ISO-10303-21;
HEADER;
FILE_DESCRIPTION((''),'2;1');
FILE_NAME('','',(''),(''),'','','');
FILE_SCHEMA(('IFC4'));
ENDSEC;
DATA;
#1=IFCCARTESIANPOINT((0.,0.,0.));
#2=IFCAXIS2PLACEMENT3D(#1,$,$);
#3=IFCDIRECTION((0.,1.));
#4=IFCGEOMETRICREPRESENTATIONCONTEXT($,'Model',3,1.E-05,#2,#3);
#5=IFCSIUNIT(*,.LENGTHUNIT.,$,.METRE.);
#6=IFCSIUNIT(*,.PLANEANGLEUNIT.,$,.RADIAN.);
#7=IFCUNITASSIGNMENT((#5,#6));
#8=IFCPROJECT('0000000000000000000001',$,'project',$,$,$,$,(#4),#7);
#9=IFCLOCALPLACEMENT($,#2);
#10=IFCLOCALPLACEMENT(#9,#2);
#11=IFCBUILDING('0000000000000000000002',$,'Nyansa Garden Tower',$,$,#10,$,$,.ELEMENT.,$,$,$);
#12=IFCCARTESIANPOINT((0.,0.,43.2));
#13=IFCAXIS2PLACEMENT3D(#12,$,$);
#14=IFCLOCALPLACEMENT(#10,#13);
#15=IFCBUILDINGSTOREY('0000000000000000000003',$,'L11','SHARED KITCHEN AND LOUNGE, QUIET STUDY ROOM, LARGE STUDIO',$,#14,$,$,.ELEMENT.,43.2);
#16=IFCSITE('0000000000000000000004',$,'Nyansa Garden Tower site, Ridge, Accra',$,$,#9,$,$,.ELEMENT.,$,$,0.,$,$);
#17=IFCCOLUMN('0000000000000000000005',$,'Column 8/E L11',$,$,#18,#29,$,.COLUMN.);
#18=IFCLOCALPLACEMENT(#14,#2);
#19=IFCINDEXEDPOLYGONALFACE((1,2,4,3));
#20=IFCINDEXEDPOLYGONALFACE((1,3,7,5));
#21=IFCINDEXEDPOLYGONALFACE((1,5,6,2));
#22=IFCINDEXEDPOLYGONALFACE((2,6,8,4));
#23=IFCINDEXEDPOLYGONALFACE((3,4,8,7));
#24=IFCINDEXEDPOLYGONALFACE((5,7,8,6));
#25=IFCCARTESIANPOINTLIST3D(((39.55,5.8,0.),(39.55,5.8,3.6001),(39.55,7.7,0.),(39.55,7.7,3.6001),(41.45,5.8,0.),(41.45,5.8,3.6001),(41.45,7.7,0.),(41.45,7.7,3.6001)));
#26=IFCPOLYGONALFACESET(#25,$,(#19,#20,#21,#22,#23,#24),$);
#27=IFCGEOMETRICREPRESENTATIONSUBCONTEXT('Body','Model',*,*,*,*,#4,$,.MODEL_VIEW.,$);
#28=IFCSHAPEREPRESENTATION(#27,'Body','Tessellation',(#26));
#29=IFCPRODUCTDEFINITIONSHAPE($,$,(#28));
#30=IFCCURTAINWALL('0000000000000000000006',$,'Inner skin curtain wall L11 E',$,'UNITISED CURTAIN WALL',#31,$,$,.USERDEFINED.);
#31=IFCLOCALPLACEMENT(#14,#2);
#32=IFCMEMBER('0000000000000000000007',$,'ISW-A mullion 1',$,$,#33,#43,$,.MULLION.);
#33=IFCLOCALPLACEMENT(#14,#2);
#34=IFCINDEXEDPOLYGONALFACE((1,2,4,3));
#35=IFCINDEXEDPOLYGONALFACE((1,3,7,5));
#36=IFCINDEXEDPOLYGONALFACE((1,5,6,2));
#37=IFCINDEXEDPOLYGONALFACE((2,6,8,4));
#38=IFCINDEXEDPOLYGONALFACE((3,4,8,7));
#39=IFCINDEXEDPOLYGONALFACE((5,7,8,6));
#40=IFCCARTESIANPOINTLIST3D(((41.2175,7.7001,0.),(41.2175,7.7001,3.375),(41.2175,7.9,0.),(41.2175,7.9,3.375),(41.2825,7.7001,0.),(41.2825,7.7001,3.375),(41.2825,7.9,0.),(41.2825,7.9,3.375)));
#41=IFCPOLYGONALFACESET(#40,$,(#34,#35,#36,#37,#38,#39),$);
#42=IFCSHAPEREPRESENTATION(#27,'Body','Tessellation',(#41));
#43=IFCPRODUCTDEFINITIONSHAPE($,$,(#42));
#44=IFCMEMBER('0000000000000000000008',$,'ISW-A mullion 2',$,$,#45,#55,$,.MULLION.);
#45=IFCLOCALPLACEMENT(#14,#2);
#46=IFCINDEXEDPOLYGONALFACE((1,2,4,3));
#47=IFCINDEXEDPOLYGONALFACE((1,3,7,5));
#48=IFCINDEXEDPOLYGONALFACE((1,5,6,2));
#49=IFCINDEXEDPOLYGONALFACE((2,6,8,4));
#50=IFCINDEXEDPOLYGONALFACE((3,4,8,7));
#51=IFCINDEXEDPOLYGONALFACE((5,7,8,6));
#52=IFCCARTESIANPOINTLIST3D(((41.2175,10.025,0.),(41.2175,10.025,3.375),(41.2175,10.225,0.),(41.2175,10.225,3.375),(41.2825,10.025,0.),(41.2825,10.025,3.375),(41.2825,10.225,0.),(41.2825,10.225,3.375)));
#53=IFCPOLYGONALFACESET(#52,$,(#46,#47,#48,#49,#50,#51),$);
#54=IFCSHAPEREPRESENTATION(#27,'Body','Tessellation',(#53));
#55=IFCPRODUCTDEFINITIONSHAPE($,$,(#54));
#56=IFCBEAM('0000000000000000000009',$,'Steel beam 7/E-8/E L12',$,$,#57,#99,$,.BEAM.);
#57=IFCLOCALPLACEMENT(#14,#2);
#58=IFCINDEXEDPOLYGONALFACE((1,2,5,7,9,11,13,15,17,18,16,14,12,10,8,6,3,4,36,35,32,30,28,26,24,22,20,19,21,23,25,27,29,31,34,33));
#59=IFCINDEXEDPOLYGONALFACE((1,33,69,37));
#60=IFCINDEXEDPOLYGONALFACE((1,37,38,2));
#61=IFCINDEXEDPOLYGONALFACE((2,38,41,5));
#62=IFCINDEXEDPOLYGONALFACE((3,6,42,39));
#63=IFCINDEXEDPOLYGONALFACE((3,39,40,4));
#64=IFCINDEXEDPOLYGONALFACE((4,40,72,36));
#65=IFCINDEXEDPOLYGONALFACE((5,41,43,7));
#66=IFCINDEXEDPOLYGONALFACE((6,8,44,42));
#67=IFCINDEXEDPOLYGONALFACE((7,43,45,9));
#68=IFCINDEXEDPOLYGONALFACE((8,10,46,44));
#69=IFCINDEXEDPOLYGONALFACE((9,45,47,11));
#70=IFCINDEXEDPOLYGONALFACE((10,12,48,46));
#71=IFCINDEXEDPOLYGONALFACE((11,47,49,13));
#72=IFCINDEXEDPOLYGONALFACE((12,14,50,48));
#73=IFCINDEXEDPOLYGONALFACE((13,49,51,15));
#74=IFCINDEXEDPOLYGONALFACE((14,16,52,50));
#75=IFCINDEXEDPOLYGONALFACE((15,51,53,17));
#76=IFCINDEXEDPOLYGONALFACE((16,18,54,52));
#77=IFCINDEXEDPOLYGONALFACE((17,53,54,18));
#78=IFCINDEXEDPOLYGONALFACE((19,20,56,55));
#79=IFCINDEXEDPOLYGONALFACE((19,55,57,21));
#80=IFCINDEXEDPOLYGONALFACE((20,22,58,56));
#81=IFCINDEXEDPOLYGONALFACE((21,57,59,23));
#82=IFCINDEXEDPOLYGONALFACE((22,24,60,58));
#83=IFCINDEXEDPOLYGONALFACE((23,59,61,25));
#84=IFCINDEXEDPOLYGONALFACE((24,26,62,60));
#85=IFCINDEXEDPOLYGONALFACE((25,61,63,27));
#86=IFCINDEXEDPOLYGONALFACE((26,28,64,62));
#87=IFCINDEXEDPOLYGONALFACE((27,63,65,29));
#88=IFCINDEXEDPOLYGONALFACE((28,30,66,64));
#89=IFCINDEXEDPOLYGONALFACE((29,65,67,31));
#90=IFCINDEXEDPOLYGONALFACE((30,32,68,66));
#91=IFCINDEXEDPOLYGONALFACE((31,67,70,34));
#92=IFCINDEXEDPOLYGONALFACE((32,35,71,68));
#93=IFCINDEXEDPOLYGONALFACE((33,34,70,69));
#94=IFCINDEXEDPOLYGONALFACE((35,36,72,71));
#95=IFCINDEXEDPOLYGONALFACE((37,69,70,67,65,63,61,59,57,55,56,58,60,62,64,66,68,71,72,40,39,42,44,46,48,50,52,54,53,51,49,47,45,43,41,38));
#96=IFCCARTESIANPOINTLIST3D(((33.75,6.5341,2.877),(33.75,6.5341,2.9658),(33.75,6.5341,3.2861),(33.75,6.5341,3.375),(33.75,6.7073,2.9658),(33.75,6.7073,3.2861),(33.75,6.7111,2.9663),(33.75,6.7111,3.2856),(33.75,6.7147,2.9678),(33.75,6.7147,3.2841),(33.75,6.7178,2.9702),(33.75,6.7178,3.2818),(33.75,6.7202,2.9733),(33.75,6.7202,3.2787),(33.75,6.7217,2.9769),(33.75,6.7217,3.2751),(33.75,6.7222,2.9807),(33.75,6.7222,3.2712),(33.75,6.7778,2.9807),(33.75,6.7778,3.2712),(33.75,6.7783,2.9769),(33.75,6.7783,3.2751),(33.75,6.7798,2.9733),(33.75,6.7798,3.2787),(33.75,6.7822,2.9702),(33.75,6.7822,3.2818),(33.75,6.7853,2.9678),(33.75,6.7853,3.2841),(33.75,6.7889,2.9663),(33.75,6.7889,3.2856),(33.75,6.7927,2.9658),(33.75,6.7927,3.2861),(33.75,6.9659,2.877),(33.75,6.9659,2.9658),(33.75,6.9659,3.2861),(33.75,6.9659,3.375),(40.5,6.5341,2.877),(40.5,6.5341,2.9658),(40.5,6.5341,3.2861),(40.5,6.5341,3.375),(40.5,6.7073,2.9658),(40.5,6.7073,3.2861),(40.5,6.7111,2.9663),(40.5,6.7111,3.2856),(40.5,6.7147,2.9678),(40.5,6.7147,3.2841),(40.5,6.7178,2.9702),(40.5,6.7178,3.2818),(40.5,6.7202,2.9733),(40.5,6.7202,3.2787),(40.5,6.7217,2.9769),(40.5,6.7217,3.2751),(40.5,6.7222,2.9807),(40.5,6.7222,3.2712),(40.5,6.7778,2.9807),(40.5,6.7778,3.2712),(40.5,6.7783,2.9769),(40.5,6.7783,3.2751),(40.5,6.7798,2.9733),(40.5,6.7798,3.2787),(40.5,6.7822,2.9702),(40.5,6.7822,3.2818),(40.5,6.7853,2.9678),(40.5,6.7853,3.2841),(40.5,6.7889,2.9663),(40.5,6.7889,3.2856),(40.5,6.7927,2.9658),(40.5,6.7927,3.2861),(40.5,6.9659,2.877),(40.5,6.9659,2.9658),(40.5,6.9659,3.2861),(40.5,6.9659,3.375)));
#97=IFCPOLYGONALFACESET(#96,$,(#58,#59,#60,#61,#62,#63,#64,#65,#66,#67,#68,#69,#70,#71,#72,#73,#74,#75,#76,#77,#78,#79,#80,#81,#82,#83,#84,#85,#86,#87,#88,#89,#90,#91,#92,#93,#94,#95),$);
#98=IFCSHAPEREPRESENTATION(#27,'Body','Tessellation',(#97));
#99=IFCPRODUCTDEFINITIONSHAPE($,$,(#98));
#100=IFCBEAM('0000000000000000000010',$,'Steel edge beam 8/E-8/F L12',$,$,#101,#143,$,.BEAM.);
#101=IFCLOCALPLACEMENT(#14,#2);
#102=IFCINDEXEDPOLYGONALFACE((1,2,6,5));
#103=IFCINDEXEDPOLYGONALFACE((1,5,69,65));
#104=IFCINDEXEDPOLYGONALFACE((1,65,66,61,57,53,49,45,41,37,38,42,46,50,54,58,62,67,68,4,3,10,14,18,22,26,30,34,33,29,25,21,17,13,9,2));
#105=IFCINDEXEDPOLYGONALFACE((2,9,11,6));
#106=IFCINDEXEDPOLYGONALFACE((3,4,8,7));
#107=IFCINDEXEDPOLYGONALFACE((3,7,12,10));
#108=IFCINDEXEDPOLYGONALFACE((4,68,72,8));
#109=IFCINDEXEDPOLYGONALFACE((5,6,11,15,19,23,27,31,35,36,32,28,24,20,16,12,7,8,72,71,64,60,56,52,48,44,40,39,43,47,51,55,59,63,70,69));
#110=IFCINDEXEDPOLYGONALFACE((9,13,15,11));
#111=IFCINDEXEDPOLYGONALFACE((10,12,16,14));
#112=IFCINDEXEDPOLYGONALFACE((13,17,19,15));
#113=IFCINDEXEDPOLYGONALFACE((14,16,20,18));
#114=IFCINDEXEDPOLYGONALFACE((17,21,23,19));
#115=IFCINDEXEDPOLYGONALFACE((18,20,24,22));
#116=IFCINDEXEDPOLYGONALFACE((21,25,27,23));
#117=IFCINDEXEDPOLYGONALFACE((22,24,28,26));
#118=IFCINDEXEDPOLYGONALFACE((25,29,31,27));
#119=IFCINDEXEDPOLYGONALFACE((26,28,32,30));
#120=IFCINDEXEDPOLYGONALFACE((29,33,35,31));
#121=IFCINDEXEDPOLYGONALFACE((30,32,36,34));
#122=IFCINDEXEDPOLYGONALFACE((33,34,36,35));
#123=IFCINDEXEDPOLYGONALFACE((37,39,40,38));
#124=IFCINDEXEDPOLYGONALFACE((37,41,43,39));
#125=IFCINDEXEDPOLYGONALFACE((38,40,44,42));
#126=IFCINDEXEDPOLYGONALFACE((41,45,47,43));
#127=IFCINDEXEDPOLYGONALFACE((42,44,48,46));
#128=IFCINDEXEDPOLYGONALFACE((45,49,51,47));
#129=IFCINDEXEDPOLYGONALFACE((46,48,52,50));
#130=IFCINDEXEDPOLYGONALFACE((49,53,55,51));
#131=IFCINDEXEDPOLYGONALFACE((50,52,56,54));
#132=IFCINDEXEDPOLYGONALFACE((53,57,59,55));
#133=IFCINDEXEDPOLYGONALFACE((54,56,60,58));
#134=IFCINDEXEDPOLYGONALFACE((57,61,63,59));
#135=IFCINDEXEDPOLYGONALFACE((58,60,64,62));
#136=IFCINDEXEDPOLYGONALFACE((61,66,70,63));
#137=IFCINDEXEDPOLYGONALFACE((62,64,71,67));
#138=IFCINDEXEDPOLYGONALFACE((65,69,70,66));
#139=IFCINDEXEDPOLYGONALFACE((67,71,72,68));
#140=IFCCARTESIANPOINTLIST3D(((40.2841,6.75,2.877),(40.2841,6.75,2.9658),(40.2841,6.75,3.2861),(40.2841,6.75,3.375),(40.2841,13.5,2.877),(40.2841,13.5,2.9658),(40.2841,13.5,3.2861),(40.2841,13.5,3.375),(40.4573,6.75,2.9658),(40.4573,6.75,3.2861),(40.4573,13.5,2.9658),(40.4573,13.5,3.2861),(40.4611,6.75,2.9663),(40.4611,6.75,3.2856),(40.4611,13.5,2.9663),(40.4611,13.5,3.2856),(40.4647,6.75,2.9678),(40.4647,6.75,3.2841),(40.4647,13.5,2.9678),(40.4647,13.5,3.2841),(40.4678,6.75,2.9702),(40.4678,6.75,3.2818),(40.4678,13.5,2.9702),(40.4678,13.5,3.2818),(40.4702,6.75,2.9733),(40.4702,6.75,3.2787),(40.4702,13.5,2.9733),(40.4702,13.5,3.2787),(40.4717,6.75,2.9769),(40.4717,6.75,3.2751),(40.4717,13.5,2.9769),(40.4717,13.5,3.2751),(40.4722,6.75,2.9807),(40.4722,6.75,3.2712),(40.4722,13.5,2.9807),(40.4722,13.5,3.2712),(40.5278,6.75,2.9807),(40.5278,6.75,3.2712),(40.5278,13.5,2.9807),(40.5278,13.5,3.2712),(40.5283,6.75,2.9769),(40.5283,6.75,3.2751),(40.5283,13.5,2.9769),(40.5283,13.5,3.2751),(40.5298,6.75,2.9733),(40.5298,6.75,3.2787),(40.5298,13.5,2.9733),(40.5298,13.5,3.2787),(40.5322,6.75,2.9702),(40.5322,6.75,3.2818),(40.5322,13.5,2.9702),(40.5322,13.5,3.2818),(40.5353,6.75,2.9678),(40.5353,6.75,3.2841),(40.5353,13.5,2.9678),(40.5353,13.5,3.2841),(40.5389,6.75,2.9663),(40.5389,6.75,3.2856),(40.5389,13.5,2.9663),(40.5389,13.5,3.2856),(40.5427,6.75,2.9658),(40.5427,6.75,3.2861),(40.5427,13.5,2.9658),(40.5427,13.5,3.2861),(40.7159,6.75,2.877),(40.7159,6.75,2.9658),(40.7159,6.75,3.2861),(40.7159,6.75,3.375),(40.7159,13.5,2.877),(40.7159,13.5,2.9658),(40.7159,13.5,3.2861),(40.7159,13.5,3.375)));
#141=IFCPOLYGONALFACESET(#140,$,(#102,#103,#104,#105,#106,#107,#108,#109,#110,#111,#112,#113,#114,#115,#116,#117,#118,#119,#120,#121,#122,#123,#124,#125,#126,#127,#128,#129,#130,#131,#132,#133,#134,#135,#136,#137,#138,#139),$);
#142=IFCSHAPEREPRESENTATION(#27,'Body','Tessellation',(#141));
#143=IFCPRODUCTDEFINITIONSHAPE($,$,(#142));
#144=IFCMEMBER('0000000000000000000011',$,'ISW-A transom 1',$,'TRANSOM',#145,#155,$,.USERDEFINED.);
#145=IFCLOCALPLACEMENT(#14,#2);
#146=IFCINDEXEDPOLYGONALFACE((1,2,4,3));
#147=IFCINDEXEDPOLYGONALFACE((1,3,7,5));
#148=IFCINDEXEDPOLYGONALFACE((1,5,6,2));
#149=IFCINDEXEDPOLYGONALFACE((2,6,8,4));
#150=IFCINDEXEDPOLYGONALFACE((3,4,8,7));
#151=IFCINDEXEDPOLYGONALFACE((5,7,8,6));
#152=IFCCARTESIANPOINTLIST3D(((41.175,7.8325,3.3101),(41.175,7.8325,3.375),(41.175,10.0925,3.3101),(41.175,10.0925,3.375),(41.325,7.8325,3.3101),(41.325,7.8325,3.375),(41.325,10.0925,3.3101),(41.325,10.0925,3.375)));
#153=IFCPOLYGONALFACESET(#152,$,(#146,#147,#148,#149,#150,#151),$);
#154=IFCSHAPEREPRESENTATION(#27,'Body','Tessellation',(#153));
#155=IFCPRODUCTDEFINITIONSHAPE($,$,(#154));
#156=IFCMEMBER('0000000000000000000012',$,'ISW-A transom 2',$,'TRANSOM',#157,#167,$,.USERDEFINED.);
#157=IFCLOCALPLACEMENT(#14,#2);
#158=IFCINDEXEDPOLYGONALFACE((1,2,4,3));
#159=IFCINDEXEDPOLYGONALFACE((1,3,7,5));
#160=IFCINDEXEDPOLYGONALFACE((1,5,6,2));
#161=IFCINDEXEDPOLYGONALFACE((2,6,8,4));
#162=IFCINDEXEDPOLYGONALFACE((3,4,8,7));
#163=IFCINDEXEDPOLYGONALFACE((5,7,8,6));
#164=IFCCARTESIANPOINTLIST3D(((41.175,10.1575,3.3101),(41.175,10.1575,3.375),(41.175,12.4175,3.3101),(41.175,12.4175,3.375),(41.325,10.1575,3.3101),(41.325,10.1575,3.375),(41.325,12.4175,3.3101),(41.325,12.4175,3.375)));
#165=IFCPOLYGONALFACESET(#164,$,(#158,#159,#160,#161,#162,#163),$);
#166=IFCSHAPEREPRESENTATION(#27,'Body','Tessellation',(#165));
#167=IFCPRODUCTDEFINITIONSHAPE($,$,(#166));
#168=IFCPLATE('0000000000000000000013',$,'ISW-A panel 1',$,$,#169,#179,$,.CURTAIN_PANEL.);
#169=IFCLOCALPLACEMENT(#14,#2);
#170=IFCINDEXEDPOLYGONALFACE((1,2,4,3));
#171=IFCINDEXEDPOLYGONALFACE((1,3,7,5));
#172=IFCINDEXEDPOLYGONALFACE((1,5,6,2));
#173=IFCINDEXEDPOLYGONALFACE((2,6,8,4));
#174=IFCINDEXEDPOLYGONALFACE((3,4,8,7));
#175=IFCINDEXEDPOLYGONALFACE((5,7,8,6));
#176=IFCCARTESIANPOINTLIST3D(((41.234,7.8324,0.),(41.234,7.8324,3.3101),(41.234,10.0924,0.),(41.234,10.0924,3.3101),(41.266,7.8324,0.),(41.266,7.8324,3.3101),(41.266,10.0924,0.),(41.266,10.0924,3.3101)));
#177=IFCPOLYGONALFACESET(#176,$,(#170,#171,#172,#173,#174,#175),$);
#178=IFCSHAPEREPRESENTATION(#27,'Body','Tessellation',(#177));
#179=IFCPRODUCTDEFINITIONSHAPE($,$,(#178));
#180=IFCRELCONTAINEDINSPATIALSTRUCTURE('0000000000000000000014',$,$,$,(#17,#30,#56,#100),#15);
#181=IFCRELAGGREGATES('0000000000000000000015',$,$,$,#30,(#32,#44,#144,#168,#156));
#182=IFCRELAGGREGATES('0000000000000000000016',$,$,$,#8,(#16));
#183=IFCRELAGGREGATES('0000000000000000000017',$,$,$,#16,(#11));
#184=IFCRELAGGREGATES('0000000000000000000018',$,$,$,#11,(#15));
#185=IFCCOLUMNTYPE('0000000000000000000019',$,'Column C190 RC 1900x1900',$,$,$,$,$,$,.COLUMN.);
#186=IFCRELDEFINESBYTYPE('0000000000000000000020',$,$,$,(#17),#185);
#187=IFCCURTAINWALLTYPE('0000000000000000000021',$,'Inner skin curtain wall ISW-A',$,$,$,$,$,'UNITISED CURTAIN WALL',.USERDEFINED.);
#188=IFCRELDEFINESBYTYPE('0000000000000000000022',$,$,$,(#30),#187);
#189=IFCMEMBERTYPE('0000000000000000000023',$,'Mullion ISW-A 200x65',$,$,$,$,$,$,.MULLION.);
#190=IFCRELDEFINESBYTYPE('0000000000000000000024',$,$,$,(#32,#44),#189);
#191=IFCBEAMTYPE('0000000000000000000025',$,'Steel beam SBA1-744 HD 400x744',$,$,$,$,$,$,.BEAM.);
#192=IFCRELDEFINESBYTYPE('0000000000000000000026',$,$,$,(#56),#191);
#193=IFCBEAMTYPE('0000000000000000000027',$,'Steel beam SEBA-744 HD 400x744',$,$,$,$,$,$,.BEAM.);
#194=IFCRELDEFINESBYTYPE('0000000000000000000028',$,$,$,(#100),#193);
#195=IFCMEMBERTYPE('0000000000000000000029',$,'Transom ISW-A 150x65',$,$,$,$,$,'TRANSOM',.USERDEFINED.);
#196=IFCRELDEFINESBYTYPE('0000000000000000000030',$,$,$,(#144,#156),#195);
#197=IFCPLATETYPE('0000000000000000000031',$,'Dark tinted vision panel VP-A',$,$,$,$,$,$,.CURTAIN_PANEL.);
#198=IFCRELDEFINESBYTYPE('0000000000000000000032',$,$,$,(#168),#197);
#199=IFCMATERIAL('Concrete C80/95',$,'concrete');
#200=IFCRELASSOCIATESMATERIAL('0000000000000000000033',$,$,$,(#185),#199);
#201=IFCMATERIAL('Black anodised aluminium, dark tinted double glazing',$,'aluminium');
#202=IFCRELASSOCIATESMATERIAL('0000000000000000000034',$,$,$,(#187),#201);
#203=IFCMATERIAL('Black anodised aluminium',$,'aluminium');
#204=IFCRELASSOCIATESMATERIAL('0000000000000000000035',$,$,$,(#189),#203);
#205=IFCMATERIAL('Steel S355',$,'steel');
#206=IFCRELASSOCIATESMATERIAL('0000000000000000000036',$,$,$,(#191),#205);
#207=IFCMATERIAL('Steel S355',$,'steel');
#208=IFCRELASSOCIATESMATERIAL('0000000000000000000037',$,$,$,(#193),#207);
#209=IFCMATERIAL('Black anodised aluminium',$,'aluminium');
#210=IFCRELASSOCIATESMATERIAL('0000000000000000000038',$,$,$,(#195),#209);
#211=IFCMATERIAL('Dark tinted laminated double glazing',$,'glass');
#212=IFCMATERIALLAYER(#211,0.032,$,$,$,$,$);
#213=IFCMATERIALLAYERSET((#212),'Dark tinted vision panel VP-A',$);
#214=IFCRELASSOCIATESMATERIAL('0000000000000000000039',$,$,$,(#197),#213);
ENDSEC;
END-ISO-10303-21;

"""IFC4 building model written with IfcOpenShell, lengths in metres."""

from ifc_helpers import new_model, si_unit, direction, frame, origin, origin_2d, place, context, subcontext, project, spatial, rectangle, i_section, extrude, material, layer, layer_set, material_profile, profile_set, type_object, element, aggregate, save


model = new_model("IFC4")

# Units and contexts
model_context = context("Model", 3, precision=1e-05, world=origin(), true_north=direction((0.0, 1.0)))
body_context = subcontext(model_context, "Body", "Model", "MODEL_VIEW")
ifc_project = project(units=[si_unit("LENGTHUNIT", "METRE"), si_unit("PLANEANGLEUNIT", "RADIAN")], contexts=[model_context])

# Site, building, storey
site_placement = place(None, origin())
site = spatial("IfcSite", under=ifc_project, at=site_placement, Name="Nyansa Garden Tower site, Ridge, Accra", CompositionType="ELEMENT", RefElevation=0.0)
building_placement = place(site_placement, origin())
building = spatial("IfcBuilding", under=site, at=building_placement, Name="Nyansa Garden Tower", CompositionType="ELEMENT")
storey_placement = place(building_placement, frame((0.0, 0.0, 43.2)))
storey = spatial("IfcBuildingStorey", under=building, at=storey_placement, Name="L11", Description="SHARED KITCHEN AND LOUNGE, QUIET STUDY ROOM, LARGE STUDIO", CompositionType="ELEMENT", Elevation=43.2)

# Column
ifc_material_1 = material(Name="Concrete C80/95", Category="concrete")
ifc_material_profile_1 = material_profile(ifc_material_1, rectangle(XDim=1.8999, YDim=1.8999, at=origin_2d()), Name="RC 1900x1900")
ifc_profile_set_1 = profile_set([ifc_material_profile_1], Name="Concrete C80/95")
column_type = type_object("IfcColumnType", Name="Column C190 RC 1900x1900", PredefinedType="COLUMN", material=ifc_profile_set_1)
column_placement = place(storey_placement, frame((40.5, 6.75, 0.0), z_axis=(0.0, 0.0, 1.0), x_axis=(1.0, 0.0, 0.0)))
element("IfcColumn", 1, at=column_placement, inside=storey, type_object=column_type, Name="Column 8/E L11", PredefinedType="COLUMN", context=body_context, shape_type="SweptSolid", body=[
    extrude(rectangle(XDim=1.8999, YDim=1.8999, at=origin_2d()), origin(), (0.0, 0.0, 1.0), 3.6001),
])

# Curtain wall, members
ifc_material_2 = material(Name="Black anodised aluminium, dark tinted double glazing", Category="aluminium")
curtain_wall_type = type_object("IfcCurtainWallType", Name="Inner skin curtain wall ISW-A", ElementType="UNITISED CURTAIN WALL", PredefinedType="USERDEFINED", material=ifc_material_2)
curtain_wall_placement = place(storey_placement, origin())
curtain_wall = element("IfcCurtainWall", 2, at=curtain_wall_placement, inside=storey, type_object=curtain_wall_type, Name="Inner skin curtain wall L11 E", ObjectType="UNITISED CURTAIN WALL", PredefinedType="USERDEFINED")
ifc_material_3 = material(Name="Black anodised aluminium", Category="aluminium")
ifc_material_profile_2 = material_profile(ifc_material_3, rectangle(XDim=0.0649, YDim=0.2, at=origin_2d()), Name="Mullion 200x65")
ifc_profile_set_2 = profile_set([ifc_material_profile_2], Name="Black anodised aluminium")
member_type_1 = type_object("IfcMemberType", Name="Mullion ISW-A 200x65", PredefinedType="MULLION", material=ifc_profile_set_2)
member_1_placement = place(storey_placement, frame((41.25, 7.8, 0.0), z_axis=(0.0, 0.0, 1.0), x_axis=(-1.0, 0.0, 0.0)))
member_1 = element("IfcMember", 3, at=member_1_placement, type_object=member_type_1, Name="ISW-A mullion 1", PredefinedType="MULLION", context=body_context, shape_type="SweptSolid", body=[
    extrude(rectangle(XDim=0.0649, YDim=0.2, at=origin_2d()), origin(), (0.0, 0.0, 1.0), 3.375),
])
member_2_placement = place(storey_placement, frame((41.25, 10.125, 0.0), z_axis=(0.0, 0.0, 1.0), x_axis=(-1.0, 0.0, 0.0)))
member_2 = element("IfcMember", 4, at=member_2_placement, type_object=member_type_1, Name="ISW-A mullion 2", PredefinedType="MULLION", context=body_context, shape_type="SweptSolid", body=[
    extrude(rectangle(XDim=0.0649, YDim=0.2, at=origin_2d()), origin(), (0.0, 0.0, 1.0), 3.375),
])

# Beams
ifc_material_4 = material(Name="Steel S355", Category="steel")
ifc_material_profile_3 = material_profile(ifc_material_4, i_section(OverallWidth=0.4319, OverallDepth=0.498, WebThickness=0.0557, FlangeThickness=0.0889, FilletRadius=0.0149, at=origin_2d()), Name="HD 400x744")
ifc_profile_set_3 = profile_set([ifc_material_profile_3], Name="Steel S355")
beam_type_1 = type_object("IfcBeamType", Name="Steel beam SBA1-744 HD 400x744", PredefinedType="BEAM", material=ifc_profile_set_3)
beam_1_placement = place(storey_placement, frame((33.75, 6.75, 3.126), z_axis=(1.0, 0.0, 0.0), x_axis=(0.0, 1.0, 0.0)))
element("IfcBeam", 5, at=beam_1_placement, inside=storey, type_object=beam_type_1, Name="Steel beam 7/E-8/E L12", PredefinedType="BEAM", context=body_context, shape_type="SweptSolid", body=[
    extrude(i_section(OverallWidth=0.4319, OverallDepth=0.498, WebThickness=0.0557, FlangeThickness=0.0889, FilletRadius=0.0149, at=origin_2d()), origin(), (0.0, 0.0, 1.0), 6.75),
])
ifc_material_5 = material(Name="Steel S355", Category="steel")
ifc_material_profile_4 = material_profile(ifc_material_5, i_section(OverallWidth=0.4319, OverallDepth=0.498, WebThickness=0.0557, FlangeThickness=0.0889, FilletRadius=0.0149, at=origin_2d()), Name="HD 400x744")
ifc_profile_set_4 = profile_set([ifc_material_profile_4], Name="Steel S355")
beam_type_2 = type_object("IfcBeamType", Name="Steel beam SEBA-744 HD 400x744", PredefinedType="BEAM", material=ifc_profile_set_4)
beam_2_placement = place(storey_placement, frame((40.5, 6.75, 3.126), z_axis=(0.0, 1.0, 0.0), x_axis=(-1.0, 0.0, 0.0)))
element("IfcBeam", 6, at=beam_2_placement, inside=storey, type_object=beam_type_2, Name="Steel edge beam 8/E-8/F L12", PredefinedType="BEAM", context=body_context, shape_type="SweptSolid", body=[
    extrude(i_section(OverallWidth=0.4319, OverallDepth=0.498, WebThickness=0.0557, FlangeThickness=0.0889, FilletRadius=0.0149, at=origin_2d()), origin(), (0.0, 0.0, 1.0), 6.75),
])

# Members
ifc_material_6 = material(Name="Black anodised aluminium", Category="aluminium")
ifc_material_profile_5 = material_profile(ifc_material_6, rectangle(XDim=0.1499, YDim=0.0649, at=origin_2d()), Name="Transom 150x65")
ifc_profile_set_5 = profile_set([ifc_material_profile_5], Name="Black anodised aluminium")
member_type_2 = type_object("IfcMemberType", Name="Transom ISW-A 150x65", ElementType="TRANSOM", PredefinedType="USERDEFINED", material=ifc_profile_set_5)
member_3_placement = place(storey_placement, frame((41.25, 7.8325, 3.3425), z_axis=(0.0, 1.0, 0.0), x_axis=(-1.0, 0.0, 0.0)))
member_3 = element("IfcMember", 7, at=member_3_placement, type_object=member_type_2, Name="ISW-A transom 1", ObjectType="TRANSOM", PredefinedType="USERDEFINED", context=body_context, shape_type="SweptSolid", body=[
    extrude(rectangle(XDim=0.1499, YDim=0.0649, at=origin_2d()), origin(), (0.0, 0.0, 1.0), 2.26),
])
member_4_placement = place(storey_placement, frame((41.25, 10.1575, 3.3425), z_axis=(0.0, 1.0, 0.0), x_axis=(-1.0, 0.0, 0.0)))
member_4 = element("IfcMember", 8, at=member_4_placement, type_object=member_type_2, Name="ISW-A transom 2", ObjectType="TRANSOM", PredefinedType="USERDEFINED", context=body_context, shape_type="SweptSolid", body=[
    extrude(rectangle(XDim=0.1499, YDim=0.0649, at=origin_2d()), origin(), (0.0, 0.0, 1.0), 2.26),
])

# Plate
ifc_material_7 = material(Name="Dark tinted laminated double glazing", Category="glass")
ifc_layer_1 = layer(ifc_material_7, 0.032)
ifc_layer_set_1 = layer_set([ifc_layer_1], Name="Dark tinted vision panel VP-A")
plate_type = type_object("IfcPlateType", Name="Dark tinted vision panel VP-A", PredefinedType="CURTAIN_PANEL", material=ifc_layer_set_1)
plate_1_placement = place(storey_placement, frame((41.25, 8.9624, 0.0), z_axis=(0.0, 0.0, 1.0), x_axis=(0.0, 1.0, 0.0)))
plate_1 = element("IfcPlate", 9, at=plate_1_placement, type_object=plate_type, Name="ISW-A panel 1", PredefinedType="CURTAIN_PANEL", context=body_context, shape_type="SweptSolid", body=[
    extrude(rectangle(XDim=2.26, YDim=0.032, at=origin_2d()), origin(), (0.0, 0.0, 1.0), 3.3101),
])
aggregate(curtain_wall, [member_1, member_2, member_3, plate_1, member_4])

save(model, "model.ifc")
